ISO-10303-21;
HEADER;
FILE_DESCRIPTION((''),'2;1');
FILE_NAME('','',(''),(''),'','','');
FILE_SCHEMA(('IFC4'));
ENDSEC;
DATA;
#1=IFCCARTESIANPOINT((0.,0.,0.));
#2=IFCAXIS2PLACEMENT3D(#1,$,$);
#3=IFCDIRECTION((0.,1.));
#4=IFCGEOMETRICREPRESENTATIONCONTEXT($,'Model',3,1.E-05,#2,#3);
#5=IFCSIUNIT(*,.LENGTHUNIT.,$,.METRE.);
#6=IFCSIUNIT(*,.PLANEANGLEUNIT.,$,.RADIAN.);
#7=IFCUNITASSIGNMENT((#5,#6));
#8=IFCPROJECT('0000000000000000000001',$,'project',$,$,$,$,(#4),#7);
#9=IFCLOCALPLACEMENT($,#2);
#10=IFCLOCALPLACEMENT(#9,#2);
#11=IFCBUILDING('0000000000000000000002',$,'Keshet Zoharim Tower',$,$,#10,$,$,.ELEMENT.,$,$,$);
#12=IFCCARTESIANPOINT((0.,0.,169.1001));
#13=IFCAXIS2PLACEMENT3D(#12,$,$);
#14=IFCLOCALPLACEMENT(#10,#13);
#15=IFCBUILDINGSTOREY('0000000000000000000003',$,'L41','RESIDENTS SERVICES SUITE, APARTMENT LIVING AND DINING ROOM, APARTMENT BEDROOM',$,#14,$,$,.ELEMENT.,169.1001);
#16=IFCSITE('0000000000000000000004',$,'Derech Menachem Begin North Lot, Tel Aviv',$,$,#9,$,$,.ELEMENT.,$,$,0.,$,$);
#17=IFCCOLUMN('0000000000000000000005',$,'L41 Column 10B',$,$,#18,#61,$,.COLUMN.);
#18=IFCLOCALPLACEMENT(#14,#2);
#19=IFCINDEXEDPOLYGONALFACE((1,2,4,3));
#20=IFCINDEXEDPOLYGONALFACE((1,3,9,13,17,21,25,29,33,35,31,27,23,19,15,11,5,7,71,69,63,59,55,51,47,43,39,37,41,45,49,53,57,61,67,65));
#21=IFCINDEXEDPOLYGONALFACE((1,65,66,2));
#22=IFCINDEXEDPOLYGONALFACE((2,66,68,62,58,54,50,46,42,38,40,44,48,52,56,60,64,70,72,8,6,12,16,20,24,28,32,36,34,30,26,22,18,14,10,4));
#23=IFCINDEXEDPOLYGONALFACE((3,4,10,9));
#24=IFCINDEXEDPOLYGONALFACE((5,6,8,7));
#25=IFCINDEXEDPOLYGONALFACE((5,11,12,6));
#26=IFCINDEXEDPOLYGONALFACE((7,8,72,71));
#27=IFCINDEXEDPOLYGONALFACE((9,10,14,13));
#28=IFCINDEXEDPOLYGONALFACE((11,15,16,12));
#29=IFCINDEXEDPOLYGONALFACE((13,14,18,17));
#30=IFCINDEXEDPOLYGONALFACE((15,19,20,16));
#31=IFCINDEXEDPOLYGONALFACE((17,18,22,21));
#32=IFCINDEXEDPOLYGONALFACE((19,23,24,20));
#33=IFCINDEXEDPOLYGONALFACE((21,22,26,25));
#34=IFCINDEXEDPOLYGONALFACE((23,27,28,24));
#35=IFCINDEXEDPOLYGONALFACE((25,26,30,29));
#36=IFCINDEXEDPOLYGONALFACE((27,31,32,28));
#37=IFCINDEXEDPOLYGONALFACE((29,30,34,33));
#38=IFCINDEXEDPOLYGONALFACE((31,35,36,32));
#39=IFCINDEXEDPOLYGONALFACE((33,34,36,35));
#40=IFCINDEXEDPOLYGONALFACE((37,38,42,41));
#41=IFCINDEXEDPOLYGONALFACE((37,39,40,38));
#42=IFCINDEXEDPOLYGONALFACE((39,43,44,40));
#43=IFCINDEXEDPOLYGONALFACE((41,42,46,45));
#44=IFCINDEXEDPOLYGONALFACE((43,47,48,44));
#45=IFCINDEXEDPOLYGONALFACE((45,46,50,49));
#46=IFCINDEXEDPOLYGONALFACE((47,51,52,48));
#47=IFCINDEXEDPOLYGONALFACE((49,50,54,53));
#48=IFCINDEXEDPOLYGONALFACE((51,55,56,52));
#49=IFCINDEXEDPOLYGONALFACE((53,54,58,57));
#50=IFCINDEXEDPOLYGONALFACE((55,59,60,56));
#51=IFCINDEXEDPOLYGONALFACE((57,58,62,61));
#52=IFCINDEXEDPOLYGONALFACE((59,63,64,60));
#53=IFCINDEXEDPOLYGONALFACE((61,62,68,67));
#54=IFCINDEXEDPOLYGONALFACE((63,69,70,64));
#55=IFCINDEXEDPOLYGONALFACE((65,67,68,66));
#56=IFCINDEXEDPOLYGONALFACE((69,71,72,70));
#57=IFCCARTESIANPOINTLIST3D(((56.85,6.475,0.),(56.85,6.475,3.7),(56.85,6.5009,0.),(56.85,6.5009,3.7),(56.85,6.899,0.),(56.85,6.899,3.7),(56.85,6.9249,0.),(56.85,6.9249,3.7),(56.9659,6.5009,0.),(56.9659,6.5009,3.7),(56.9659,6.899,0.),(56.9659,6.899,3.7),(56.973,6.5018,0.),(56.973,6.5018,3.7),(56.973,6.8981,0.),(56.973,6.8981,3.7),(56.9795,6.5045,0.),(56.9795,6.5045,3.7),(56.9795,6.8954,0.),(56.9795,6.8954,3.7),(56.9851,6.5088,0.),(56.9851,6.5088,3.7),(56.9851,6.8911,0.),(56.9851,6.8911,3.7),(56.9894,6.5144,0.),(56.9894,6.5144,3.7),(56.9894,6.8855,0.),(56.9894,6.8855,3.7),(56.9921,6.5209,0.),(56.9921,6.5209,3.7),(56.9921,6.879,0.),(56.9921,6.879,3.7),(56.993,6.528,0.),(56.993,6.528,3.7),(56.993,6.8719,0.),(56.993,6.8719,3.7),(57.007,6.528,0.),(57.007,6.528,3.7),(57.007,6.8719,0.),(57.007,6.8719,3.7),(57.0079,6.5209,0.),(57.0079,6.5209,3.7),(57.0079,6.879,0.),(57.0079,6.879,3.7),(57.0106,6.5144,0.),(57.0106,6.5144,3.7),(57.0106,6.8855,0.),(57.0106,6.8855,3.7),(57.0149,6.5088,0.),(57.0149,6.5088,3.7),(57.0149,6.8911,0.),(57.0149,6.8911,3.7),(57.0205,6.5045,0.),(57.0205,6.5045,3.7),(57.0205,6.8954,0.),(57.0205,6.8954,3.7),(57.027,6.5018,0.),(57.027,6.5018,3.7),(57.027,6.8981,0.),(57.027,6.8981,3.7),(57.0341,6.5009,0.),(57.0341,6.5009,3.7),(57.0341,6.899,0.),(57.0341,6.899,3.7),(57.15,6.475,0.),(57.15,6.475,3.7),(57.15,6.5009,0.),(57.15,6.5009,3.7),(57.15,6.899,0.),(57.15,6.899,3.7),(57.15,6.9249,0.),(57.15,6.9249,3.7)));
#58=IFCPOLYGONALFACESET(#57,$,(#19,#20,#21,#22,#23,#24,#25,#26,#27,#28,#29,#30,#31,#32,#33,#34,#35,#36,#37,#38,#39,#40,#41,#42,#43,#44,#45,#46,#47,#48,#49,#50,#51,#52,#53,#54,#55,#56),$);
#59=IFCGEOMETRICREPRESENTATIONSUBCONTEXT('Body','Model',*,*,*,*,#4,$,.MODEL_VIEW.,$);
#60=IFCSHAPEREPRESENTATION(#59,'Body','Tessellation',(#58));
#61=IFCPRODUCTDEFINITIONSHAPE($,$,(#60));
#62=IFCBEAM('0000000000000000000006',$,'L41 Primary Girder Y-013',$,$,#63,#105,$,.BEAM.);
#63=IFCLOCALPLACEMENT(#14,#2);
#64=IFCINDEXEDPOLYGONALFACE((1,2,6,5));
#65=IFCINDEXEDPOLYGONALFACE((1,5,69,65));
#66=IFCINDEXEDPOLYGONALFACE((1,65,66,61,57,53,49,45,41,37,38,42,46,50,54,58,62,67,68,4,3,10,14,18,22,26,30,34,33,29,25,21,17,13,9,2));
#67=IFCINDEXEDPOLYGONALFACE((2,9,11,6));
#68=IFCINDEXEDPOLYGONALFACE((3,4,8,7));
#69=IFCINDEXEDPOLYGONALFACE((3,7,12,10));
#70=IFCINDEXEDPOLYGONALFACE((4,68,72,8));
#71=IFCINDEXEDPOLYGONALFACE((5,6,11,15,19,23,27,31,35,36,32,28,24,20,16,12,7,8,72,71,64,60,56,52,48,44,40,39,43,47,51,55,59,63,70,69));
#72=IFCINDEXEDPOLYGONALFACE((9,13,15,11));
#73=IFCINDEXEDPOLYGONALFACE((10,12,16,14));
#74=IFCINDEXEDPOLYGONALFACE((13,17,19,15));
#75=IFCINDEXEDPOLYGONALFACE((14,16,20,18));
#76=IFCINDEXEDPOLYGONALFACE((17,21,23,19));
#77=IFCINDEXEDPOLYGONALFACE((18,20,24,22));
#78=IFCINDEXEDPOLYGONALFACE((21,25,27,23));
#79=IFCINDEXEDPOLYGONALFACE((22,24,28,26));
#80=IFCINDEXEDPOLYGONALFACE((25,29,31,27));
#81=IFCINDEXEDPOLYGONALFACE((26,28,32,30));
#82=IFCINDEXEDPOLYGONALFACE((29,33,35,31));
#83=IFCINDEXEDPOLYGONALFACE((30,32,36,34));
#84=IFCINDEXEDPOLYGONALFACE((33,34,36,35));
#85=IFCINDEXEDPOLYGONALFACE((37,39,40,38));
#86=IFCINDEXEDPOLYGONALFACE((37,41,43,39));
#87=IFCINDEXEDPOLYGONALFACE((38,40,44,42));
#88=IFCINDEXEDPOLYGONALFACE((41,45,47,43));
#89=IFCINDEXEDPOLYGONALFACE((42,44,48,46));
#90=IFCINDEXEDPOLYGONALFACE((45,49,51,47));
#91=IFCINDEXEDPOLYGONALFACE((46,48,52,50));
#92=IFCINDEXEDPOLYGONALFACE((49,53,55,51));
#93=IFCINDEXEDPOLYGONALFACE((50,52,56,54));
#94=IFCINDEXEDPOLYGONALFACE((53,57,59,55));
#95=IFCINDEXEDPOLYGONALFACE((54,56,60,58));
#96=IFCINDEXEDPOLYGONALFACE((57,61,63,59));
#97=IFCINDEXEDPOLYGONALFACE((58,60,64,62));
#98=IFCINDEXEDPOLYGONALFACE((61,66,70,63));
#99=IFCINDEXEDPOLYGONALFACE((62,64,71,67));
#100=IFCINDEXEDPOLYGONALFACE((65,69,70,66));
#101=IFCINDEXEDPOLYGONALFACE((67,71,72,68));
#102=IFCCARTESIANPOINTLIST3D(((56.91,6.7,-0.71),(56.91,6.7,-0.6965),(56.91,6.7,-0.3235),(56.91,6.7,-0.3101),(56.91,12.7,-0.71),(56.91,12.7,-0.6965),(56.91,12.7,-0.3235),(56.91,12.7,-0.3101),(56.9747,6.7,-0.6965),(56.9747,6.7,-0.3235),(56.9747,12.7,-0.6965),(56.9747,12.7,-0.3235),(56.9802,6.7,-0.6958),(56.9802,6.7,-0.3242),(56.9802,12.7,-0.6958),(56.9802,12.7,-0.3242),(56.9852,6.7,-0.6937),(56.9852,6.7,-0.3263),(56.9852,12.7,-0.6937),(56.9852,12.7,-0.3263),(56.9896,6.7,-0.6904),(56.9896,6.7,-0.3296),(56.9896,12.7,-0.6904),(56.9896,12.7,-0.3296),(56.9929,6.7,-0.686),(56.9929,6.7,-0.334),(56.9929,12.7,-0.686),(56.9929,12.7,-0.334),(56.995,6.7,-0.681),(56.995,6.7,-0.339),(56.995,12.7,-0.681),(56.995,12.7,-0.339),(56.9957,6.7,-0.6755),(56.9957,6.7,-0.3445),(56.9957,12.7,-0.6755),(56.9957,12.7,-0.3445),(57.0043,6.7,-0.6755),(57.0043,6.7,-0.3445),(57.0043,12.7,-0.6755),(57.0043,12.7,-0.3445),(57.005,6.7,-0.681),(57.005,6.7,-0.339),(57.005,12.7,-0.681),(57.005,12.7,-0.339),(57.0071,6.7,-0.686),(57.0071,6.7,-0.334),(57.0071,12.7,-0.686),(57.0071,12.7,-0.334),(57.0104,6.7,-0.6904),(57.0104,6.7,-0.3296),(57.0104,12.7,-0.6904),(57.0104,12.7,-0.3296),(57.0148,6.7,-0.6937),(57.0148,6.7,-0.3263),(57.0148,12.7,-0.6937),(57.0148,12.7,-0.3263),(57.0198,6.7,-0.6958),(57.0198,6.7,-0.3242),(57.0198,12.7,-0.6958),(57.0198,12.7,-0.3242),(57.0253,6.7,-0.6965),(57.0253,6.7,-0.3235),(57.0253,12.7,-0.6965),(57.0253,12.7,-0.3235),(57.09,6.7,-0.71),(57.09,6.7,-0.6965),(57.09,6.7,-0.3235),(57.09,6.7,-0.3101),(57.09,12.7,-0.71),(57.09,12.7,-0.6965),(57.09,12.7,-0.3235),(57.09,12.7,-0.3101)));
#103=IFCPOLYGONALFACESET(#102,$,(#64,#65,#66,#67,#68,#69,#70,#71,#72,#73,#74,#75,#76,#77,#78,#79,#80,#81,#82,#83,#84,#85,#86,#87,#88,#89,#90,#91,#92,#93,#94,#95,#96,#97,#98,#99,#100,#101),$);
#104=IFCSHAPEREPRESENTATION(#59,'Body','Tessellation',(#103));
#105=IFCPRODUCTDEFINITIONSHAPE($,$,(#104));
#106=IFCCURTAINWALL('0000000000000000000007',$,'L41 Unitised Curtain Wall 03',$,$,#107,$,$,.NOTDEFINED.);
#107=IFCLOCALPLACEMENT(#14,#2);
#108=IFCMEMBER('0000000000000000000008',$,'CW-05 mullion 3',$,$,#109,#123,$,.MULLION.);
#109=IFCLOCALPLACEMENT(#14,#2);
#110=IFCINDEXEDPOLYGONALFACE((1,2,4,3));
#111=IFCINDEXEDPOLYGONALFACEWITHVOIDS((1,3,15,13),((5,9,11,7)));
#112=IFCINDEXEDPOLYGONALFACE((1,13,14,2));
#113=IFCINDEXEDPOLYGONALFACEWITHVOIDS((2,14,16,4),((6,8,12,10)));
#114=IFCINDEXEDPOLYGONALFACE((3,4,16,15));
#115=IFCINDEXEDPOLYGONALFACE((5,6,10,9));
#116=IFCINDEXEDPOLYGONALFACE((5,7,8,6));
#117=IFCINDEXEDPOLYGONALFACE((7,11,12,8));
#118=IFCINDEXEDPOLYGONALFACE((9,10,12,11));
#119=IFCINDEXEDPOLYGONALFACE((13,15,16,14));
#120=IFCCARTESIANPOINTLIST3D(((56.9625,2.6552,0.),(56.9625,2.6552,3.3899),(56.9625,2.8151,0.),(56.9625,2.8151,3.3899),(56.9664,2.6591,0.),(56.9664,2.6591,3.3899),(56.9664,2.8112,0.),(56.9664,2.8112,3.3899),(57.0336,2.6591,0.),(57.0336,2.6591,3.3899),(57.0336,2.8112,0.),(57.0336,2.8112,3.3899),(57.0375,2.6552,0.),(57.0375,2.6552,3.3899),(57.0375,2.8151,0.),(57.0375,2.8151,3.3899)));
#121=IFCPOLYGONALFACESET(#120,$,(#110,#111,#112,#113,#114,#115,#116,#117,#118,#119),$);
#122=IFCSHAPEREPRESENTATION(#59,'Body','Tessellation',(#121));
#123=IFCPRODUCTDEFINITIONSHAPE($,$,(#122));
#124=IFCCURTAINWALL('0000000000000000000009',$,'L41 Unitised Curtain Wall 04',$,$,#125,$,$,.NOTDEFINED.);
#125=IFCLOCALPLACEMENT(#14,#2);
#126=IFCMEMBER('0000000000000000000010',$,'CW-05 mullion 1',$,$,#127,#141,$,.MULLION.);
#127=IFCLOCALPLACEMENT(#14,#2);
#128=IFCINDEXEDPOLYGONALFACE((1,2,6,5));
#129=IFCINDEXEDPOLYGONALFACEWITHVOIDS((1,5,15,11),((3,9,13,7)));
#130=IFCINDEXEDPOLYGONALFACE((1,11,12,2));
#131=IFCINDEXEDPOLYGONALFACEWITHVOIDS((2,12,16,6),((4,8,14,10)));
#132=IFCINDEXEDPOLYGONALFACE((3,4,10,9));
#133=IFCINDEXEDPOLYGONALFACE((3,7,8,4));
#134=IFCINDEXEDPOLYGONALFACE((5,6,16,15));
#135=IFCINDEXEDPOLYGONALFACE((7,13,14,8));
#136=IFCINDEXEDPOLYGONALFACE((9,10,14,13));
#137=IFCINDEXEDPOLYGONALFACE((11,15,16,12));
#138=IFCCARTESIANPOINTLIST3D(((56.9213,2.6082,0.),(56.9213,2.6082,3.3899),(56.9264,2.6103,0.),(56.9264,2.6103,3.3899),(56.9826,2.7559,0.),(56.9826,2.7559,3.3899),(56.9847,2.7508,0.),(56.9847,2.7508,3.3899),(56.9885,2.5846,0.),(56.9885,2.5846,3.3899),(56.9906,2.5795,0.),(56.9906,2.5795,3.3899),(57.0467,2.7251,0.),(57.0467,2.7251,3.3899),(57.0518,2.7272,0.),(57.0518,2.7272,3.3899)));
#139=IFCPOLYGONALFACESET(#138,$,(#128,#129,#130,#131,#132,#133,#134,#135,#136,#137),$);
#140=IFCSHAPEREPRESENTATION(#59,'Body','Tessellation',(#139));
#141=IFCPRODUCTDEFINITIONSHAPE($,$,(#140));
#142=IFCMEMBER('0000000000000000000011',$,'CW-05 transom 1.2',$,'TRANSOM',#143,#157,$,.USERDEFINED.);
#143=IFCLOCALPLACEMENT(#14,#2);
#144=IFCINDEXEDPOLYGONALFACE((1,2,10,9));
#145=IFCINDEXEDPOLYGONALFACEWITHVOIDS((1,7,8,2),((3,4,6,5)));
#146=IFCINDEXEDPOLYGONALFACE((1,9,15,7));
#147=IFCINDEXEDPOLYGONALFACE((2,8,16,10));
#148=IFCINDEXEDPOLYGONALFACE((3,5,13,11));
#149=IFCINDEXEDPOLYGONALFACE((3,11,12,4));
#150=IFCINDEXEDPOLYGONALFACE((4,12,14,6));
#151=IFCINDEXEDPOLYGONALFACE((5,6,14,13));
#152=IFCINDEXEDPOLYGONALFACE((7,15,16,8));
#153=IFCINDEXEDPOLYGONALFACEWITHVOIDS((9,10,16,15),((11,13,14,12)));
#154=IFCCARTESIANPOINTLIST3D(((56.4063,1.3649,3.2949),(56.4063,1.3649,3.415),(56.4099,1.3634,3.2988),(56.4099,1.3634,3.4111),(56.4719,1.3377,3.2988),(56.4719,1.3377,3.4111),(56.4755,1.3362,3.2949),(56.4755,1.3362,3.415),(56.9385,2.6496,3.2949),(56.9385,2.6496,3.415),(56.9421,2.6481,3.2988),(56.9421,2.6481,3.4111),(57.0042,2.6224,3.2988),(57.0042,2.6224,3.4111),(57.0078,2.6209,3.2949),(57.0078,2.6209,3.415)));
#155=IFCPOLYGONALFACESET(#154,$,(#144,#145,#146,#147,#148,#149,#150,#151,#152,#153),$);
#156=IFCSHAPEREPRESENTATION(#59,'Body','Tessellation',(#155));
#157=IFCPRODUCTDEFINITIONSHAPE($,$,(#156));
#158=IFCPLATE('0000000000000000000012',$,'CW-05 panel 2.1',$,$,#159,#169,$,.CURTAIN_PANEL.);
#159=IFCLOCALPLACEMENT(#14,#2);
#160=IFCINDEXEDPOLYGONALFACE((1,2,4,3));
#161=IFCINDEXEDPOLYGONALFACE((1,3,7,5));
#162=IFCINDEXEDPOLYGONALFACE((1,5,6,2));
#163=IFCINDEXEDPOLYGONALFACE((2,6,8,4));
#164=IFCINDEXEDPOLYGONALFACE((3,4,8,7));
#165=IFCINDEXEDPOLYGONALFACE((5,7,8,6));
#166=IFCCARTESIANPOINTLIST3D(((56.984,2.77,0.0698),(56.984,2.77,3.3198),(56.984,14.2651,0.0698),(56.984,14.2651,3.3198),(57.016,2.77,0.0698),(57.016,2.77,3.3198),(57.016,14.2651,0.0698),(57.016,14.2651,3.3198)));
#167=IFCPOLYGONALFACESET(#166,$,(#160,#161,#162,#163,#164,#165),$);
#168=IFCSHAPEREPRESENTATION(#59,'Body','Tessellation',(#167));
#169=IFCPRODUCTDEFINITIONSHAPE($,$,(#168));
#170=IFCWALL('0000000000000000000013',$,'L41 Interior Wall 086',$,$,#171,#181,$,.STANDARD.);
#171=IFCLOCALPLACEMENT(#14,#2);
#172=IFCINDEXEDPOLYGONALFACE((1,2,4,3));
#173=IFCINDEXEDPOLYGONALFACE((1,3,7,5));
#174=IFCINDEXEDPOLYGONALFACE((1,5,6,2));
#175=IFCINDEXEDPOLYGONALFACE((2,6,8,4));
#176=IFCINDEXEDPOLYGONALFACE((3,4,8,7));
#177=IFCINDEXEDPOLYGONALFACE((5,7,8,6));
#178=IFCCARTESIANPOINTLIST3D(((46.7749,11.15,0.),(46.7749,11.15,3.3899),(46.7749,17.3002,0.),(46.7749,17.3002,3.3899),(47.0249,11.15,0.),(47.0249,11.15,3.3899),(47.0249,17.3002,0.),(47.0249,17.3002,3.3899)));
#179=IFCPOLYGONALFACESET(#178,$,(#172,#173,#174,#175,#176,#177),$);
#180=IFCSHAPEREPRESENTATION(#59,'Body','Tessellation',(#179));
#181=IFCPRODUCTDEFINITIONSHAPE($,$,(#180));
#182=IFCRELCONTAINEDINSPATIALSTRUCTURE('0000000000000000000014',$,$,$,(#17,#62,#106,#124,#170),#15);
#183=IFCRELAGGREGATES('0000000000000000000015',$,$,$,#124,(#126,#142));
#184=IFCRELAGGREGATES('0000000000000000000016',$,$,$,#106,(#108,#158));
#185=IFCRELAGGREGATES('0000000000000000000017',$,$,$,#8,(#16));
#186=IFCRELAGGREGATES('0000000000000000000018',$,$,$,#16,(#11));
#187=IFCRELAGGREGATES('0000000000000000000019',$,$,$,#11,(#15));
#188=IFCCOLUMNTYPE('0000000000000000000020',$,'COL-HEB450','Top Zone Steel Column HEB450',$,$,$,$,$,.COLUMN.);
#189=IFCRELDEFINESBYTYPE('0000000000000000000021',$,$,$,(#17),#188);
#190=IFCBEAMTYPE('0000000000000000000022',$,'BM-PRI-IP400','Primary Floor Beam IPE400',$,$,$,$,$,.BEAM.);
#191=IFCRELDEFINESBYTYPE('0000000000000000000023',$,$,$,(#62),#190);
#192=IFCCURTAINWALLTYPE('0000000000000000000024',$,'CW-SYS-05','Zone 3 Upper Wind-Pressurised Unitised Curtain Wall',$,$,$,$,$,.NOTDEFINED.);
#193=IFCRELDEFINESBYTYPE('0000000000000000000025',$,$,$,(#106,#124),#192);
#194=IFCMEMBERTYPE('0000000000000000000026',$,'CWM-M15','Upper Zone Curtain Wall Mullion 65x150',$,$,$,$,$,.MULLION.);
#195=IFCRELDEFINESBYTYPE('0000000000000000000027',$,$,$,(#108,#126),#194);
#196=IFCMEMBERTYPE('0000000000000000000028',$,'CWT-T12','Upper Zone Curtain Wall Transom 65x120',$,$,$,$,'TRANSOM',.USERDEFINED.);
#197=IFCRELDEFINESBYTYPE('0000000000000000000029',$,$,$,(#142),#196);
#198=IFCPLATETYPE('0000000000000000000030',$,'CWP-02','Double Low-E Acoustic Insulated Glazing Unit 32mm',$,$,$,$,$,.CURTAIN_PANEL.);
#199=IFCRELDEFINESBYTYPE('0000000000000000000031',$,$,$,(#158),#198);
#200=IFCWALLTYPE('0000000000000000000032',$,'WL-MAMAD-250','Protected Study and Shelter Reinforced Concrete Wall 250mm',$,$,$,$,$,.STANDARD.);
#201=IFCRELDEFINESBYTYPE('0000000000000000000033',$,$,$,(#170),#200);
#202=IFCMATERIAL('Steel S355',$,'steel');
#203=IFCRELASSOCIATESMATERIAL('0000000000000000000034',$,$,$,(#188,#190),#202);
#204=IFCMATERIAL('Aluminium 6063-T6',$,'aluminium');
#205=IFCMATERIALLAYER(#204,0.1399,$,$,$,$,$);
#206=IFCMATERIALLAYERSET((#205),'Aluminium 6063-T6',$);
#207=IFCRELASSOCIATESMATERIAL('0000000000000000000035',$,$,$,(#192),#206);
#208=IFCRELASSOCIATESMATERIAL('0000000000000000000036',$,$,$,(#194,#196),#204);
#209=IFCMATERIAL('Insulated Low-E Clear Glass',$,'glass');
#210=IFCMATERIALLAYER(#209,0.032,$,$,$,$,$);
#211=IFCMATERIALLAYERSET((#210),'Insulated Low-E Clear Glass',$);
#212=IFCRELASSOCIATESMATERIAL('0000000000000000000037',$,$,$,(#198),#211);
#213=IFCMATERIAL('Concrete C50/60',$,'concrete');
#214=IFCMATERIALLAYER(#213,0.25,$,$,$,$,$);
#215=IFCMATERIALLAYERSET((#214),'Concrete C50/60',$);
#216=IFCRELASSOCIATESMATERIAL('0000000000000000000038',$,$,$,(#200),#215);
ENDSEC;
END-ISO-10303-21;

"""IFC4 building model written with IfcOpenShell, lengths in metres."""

from ifc_helpers import new_model, si_unit, direction, frame, frame_2d, origin, origin_2d, place, context, subcontext, project, spatial, rectangle, hollow_rectangle, i_section, extrude, material, layer, layer_set, material_profile, profile_set, type_object, element, aggregate, save


model = new_model("IFC4")

# Units and contexts
model_context = context("Model", 3, precision=1e-05, world=origin(), true_north=direction((0.0, 1.0)))
body_context = subcontext(model_context, "Body", "Model", "MODEL_VIEW")
ifc_project = project(units=[si_unit("LENGTHUNIT", "METRE"), si_unit("PLANEANGLEUNIT", "RADIAN")], contexts=[model_context])

# Site, building, storey
site_placement = place(None, origin())
site = spatial("IfcSite", under=ifc_project, at=site_placement, Name="Derech Menachem Begin North Lot, Tel Aviv", CompositionType="ELEMENT", RefElevation=0.0)
building_placement = place(site_placement, origin())
building = spatial("IfcBuilding", under=site, at=building_placement, Name="Keshet Zoharim Tower", CompositionType="ELEMENT")
storey_placement = place(building_placement, frame((0.0, 0.0, 169.1001)))
storey = spatial("IfcBuildingStorey", under=building, at=storey_placement, Name="L41", Description="RESIDENTS SERVICES SUITE, APARTMENT LIVING AND DINING ROOM, APARTMENT BEDROOM", CompositionType="ELEMENT", Elevation=169.1001)

# Column
ifc_material_1 = material(Name="Steel S355", Category="steel")
ifc_material_profile_1 = material_profile(ifc_material_1, i_section(OverallWidth=0.3, OverallDepth=0.45, WebThickness=0.0139, FlangeThickness=0.0259, FilletRadius=0.0271, at=origin_2d()), Name="HEB450")
ifc_profile_set_1 = profile_set([ifc_material_profile_1], Name="Steel S355")
column_type = type_object("IfcColumnType", Name="COL-HEB450", Description="Top Zone Steel Column HEB450", PredefinedType="COLUMN", material=ifc_profile_set_1)
column_placement = place(storey_placement, frame((57.0, 6.7, 0.0), z_axis=(0.0, 0.0, 1.0), x_axis=(1.0, 0.0, 0.0)))
element("IfcColumn", 1, at=column_placement, inside=storey, type_object=column_type, Name="L41 Column 10B", PredefinedType="COLUMN", context=body_context, shape_type="SweptSolid", body=[
    extrude(i_section(OverallWidth=0.3, OverallDepth=0.45, WebThickness=0.0139, FlangeThickness=0.0259, FilletRadius=0.0271, at=origin_2d()), origin(), (0.0, 0.0, 1.0), 3.7),
])

# Beam
ifc_material_profile_2 = material_profile(ifc_material_1, i_section(OverallWidth=0.1799, OverallDepth=0.3999, WebThickness=0.0085, FlangeThickness=0.0134, FilletRadius=0.021, at=origin_2d()), Name="IPE400")
ifc_profile_set_2 = profile_set([ifc_material_profile_2], Name="Steel S355")
beam_type = type_object("IfcBeamType", Name="BM-PRI-IP400", Description="Primary Floor Beam IPE400", PredefinedType="BEAM", material=ifc_profile_set_2)
beam_placement = place(storey_placement, frame((57.0, 6.7, -0.51), z_axis=(0.0, 1.0, 0.0), x_axis=(-1.0, 0.0, 0.0)))
element("IfcBeam", 2, at=beam_placement, inside=storey, type_object=beam_type, Name="L41 Primary Girder Y-013", PredefinedType="BEAM", context=body_context, shape_type="SweptSolid", body=[
    extrude(i_section(OverallWidth=0.1799, OverallDepth=0.3999, WebThickness=0.0085, FlangeThickness=0.0134, FilletRadius=0.021, at=origin_2d()), origin(), (0.0, 0.0, 1.0), 6.0),
])

# Curtain wall, member
ifc_material_2 = material(Name="Aluminium 6063-T6", Category="aluminium")
ifc_layer_1 = layer(ifc_material_2, 0.1399)
ifc_layer_set_1 = layer_set([ifc_layer_1], Name="Aluminium 6063-T6")
curtain_wall_type = type_object("IfcCurtainWallType", Name="CW-SYS-05", Description="Zone 3 Upper Wind-Pressurised Unitised Curtain Wall", PredefinedType="NOTDEFINED", material=ifc_layer_set_1)
curtain_wall_1_placement = place(storey_placement, origin())
curtain_wall_1 = element("IfcCurtainWall", 3, at=curtain_wall_1_placement, inside=storey, type_object=curtain_wall_type, Name="L41 Unitised Curtain Wall 03", PredefinedType="NOTDEFINED")
ifc_material_profile_3 = material_profile(ifc_material_2, hollow_rectangle(XDim=0.075, YDim=0.1599, WallThickness=0.0039, at=origin_2d()), Name="MUL-75x160")
ifc_profile_set_3 = profile_set([ifc_material_profile_3], Name="Aluminium 6063-T6")
member_type_1 = type_object("IfcMemberType", Name="CWM-M15", Description="Upper Zone Curtain Wall Mullion 65x150", PredefinedType="MULLION", material=ifc_profile_set_3)
member_1_placement = place(storey_placement, frame((57.0, 2.7351, 0.0), z_axis=(0.0, 0.0, 1.0), x_axis=(1.0, 0.0, 0.0)))
member_1 = element("IfcMember", 4, at=member_1_placement, type_object=member_type_1, Name="CW-05 mullion 3", PredefinedType="MULLION", context=body_context, shape_type="SweptSolid", body=[
    extrude(hollow_rectangle(XDim=0.075, YDim=0.1599, WallThickness=0.0039, at=origin_2d()), origin(), (0.0, 0.0, 1.0), 3.3899),
])

# Curtain wall, members
curtain_wall_2_placement = place(storey_placement, origin())
curtain_wall_2 = element("IfcCurtainWall", 5, at=curtain_wall_2_placement, inside=storey, type_object=curtain_wall_type, Name="L41 Unitised Curtain Wall 04", PredefinedType="NOTDEFINED")
member_2_placement = place(storey_placement, frame((56.9866, 2.6677, 0.0), z_axis=(0.0, 0.0, 1.0), x_axis=(0.92381, -0.382852, 0.0)))
member_2 = element("IfcMember", 6, at=member_2_placement, type_object=member_type_1, Name="CW-05 mullion 1", PredefinedType="MULLION", context=body_context, shape_type="SweptSolid", body=[
    extrude(hollow_rectangle(XDim=0.075, YDim=0.1599, WallThickness=0.0039, at=origin_2d()), origin(), (0.0, 0.0, 1.0), 3.3899),
])
ifc_material_profile_4 = material_profile(ifc_material_2, hollow_rectangle(XDim=0.075, YDim=0.1201, WallThickness=0.0039, at=origin_2d()), Name="TRN-75x120")
ifc_profile_set_4 = profile_set([ifc_material_profile_4], Name="Aluminium 6063-T6")
member_type_2 = type_object("IfcMemberType", Name="CWT-T12", Description="Upper Zone Curtain Wall Transom 65x120", ElementType="TRANSOM", PredefinedType="USERDEFINED", material=ifc_profile_set_4)
member_3_placement = place(storey_placement, frame((56.9731, 2.6353, 3.355), z_axis=(-0.382745, -0.923854, 0.0), x_axis=(0.923854, -0.382745, 0.0)))
member_3 = element("IfcMember", 7, at=member_3_placement, type_object=member_type_2, Name="CW-05 transom 1.2", ObjectType="TRANSOM", PredefinedType="USERDEFINED", context=body_context, shape_type="SweptSolid", body=[
    extrude(hollow_rectangle(XDim=0.075, YDim=0.1201, WallThickness=0.0039, at=origin_2d()), origin(), (0.0, 0.0, 1.0), 1.3906),
])
aggregate(curtain_wall_2, [member_2, member_3])

# Plate
ifc_material_3 = material(Name="Insulated Low-E Clear Glass", Category="glass")
ifc_layer_2 = layer(ifc_material_3, 0.032)
ifc_layer_set_2 = layer_set([ifc_layer_2], Name="Insulated Low-E Clear Glass")
plate_type = type_object("IfcPlateType", Name="CWP-02", Description="Double Low-E Acoustic Insulated Glazing Unit 32mm", PredefinedType="CURTAIN_PANEL", material=ifc_layer_set_2)
plate_placement = place(storey_placement, frame((57.0, 8.5176, 0.0698), z_axis=(0.0, 0.0, 1.0), x_axis=(0.0, -1.0, 0.0)))
plate = element("IfcPlate", 8, at=plate_placement, type_object=plate_type, Name="CW-05 panel 2.1", PredefinedType="CURTAIN_PANEL", context=body_context, shape_type="SweptSolid", body=[
    extrude(rectangle(XDim=11.4951, YDim=0.032, at=origin_2d()), origin(), (0.0, 0.0, 1.0), 3.25),
])
aggregate(curtain_wall_1, [member_1, plate])

# Wall
ifc_material_4 = material(Name="Concrete C50/60", Category="concrete")
ifc_layer_3 = layer(ifc_material_4, 0.25)
ifc_layer_set_3 = layer_set([ifc_layer_3], Name="Concrete C50/60")
wall_type_1 = type_object("IfcWallType", Name="WL-MAMAD-250", Description="Protected Study and Shelter Reinforced Concrete Wall 250mm", PredefinedType="STANDARD", material=ifc_layer_set_3)
for number, where, z_axis, x_axis, name in (
    (9, (46.8999, 11.1499, 0.0), (0.0, 0.0, 1.0), (0.0, 1.0, 0.0), "L41 Interior Wall 086"),
):
    element("IfcWall", number, at=place(storey_placement, frame(where, z_axis=z_axis, x_axis=x_axis)), inside=storey, type_object=wall_type_1, Name=name, PredefinedType="STANDARD", context=body_context, shape_type="SweptSolid", body=[
        extrude(rectangle(XDim=6.1501, YDim=0.25, at=frame_2d((3.0752, 0.0))), origin(), (0.0, 0.0, 1.0), 3.3899),
    ])

save(model, "model.ifc")
